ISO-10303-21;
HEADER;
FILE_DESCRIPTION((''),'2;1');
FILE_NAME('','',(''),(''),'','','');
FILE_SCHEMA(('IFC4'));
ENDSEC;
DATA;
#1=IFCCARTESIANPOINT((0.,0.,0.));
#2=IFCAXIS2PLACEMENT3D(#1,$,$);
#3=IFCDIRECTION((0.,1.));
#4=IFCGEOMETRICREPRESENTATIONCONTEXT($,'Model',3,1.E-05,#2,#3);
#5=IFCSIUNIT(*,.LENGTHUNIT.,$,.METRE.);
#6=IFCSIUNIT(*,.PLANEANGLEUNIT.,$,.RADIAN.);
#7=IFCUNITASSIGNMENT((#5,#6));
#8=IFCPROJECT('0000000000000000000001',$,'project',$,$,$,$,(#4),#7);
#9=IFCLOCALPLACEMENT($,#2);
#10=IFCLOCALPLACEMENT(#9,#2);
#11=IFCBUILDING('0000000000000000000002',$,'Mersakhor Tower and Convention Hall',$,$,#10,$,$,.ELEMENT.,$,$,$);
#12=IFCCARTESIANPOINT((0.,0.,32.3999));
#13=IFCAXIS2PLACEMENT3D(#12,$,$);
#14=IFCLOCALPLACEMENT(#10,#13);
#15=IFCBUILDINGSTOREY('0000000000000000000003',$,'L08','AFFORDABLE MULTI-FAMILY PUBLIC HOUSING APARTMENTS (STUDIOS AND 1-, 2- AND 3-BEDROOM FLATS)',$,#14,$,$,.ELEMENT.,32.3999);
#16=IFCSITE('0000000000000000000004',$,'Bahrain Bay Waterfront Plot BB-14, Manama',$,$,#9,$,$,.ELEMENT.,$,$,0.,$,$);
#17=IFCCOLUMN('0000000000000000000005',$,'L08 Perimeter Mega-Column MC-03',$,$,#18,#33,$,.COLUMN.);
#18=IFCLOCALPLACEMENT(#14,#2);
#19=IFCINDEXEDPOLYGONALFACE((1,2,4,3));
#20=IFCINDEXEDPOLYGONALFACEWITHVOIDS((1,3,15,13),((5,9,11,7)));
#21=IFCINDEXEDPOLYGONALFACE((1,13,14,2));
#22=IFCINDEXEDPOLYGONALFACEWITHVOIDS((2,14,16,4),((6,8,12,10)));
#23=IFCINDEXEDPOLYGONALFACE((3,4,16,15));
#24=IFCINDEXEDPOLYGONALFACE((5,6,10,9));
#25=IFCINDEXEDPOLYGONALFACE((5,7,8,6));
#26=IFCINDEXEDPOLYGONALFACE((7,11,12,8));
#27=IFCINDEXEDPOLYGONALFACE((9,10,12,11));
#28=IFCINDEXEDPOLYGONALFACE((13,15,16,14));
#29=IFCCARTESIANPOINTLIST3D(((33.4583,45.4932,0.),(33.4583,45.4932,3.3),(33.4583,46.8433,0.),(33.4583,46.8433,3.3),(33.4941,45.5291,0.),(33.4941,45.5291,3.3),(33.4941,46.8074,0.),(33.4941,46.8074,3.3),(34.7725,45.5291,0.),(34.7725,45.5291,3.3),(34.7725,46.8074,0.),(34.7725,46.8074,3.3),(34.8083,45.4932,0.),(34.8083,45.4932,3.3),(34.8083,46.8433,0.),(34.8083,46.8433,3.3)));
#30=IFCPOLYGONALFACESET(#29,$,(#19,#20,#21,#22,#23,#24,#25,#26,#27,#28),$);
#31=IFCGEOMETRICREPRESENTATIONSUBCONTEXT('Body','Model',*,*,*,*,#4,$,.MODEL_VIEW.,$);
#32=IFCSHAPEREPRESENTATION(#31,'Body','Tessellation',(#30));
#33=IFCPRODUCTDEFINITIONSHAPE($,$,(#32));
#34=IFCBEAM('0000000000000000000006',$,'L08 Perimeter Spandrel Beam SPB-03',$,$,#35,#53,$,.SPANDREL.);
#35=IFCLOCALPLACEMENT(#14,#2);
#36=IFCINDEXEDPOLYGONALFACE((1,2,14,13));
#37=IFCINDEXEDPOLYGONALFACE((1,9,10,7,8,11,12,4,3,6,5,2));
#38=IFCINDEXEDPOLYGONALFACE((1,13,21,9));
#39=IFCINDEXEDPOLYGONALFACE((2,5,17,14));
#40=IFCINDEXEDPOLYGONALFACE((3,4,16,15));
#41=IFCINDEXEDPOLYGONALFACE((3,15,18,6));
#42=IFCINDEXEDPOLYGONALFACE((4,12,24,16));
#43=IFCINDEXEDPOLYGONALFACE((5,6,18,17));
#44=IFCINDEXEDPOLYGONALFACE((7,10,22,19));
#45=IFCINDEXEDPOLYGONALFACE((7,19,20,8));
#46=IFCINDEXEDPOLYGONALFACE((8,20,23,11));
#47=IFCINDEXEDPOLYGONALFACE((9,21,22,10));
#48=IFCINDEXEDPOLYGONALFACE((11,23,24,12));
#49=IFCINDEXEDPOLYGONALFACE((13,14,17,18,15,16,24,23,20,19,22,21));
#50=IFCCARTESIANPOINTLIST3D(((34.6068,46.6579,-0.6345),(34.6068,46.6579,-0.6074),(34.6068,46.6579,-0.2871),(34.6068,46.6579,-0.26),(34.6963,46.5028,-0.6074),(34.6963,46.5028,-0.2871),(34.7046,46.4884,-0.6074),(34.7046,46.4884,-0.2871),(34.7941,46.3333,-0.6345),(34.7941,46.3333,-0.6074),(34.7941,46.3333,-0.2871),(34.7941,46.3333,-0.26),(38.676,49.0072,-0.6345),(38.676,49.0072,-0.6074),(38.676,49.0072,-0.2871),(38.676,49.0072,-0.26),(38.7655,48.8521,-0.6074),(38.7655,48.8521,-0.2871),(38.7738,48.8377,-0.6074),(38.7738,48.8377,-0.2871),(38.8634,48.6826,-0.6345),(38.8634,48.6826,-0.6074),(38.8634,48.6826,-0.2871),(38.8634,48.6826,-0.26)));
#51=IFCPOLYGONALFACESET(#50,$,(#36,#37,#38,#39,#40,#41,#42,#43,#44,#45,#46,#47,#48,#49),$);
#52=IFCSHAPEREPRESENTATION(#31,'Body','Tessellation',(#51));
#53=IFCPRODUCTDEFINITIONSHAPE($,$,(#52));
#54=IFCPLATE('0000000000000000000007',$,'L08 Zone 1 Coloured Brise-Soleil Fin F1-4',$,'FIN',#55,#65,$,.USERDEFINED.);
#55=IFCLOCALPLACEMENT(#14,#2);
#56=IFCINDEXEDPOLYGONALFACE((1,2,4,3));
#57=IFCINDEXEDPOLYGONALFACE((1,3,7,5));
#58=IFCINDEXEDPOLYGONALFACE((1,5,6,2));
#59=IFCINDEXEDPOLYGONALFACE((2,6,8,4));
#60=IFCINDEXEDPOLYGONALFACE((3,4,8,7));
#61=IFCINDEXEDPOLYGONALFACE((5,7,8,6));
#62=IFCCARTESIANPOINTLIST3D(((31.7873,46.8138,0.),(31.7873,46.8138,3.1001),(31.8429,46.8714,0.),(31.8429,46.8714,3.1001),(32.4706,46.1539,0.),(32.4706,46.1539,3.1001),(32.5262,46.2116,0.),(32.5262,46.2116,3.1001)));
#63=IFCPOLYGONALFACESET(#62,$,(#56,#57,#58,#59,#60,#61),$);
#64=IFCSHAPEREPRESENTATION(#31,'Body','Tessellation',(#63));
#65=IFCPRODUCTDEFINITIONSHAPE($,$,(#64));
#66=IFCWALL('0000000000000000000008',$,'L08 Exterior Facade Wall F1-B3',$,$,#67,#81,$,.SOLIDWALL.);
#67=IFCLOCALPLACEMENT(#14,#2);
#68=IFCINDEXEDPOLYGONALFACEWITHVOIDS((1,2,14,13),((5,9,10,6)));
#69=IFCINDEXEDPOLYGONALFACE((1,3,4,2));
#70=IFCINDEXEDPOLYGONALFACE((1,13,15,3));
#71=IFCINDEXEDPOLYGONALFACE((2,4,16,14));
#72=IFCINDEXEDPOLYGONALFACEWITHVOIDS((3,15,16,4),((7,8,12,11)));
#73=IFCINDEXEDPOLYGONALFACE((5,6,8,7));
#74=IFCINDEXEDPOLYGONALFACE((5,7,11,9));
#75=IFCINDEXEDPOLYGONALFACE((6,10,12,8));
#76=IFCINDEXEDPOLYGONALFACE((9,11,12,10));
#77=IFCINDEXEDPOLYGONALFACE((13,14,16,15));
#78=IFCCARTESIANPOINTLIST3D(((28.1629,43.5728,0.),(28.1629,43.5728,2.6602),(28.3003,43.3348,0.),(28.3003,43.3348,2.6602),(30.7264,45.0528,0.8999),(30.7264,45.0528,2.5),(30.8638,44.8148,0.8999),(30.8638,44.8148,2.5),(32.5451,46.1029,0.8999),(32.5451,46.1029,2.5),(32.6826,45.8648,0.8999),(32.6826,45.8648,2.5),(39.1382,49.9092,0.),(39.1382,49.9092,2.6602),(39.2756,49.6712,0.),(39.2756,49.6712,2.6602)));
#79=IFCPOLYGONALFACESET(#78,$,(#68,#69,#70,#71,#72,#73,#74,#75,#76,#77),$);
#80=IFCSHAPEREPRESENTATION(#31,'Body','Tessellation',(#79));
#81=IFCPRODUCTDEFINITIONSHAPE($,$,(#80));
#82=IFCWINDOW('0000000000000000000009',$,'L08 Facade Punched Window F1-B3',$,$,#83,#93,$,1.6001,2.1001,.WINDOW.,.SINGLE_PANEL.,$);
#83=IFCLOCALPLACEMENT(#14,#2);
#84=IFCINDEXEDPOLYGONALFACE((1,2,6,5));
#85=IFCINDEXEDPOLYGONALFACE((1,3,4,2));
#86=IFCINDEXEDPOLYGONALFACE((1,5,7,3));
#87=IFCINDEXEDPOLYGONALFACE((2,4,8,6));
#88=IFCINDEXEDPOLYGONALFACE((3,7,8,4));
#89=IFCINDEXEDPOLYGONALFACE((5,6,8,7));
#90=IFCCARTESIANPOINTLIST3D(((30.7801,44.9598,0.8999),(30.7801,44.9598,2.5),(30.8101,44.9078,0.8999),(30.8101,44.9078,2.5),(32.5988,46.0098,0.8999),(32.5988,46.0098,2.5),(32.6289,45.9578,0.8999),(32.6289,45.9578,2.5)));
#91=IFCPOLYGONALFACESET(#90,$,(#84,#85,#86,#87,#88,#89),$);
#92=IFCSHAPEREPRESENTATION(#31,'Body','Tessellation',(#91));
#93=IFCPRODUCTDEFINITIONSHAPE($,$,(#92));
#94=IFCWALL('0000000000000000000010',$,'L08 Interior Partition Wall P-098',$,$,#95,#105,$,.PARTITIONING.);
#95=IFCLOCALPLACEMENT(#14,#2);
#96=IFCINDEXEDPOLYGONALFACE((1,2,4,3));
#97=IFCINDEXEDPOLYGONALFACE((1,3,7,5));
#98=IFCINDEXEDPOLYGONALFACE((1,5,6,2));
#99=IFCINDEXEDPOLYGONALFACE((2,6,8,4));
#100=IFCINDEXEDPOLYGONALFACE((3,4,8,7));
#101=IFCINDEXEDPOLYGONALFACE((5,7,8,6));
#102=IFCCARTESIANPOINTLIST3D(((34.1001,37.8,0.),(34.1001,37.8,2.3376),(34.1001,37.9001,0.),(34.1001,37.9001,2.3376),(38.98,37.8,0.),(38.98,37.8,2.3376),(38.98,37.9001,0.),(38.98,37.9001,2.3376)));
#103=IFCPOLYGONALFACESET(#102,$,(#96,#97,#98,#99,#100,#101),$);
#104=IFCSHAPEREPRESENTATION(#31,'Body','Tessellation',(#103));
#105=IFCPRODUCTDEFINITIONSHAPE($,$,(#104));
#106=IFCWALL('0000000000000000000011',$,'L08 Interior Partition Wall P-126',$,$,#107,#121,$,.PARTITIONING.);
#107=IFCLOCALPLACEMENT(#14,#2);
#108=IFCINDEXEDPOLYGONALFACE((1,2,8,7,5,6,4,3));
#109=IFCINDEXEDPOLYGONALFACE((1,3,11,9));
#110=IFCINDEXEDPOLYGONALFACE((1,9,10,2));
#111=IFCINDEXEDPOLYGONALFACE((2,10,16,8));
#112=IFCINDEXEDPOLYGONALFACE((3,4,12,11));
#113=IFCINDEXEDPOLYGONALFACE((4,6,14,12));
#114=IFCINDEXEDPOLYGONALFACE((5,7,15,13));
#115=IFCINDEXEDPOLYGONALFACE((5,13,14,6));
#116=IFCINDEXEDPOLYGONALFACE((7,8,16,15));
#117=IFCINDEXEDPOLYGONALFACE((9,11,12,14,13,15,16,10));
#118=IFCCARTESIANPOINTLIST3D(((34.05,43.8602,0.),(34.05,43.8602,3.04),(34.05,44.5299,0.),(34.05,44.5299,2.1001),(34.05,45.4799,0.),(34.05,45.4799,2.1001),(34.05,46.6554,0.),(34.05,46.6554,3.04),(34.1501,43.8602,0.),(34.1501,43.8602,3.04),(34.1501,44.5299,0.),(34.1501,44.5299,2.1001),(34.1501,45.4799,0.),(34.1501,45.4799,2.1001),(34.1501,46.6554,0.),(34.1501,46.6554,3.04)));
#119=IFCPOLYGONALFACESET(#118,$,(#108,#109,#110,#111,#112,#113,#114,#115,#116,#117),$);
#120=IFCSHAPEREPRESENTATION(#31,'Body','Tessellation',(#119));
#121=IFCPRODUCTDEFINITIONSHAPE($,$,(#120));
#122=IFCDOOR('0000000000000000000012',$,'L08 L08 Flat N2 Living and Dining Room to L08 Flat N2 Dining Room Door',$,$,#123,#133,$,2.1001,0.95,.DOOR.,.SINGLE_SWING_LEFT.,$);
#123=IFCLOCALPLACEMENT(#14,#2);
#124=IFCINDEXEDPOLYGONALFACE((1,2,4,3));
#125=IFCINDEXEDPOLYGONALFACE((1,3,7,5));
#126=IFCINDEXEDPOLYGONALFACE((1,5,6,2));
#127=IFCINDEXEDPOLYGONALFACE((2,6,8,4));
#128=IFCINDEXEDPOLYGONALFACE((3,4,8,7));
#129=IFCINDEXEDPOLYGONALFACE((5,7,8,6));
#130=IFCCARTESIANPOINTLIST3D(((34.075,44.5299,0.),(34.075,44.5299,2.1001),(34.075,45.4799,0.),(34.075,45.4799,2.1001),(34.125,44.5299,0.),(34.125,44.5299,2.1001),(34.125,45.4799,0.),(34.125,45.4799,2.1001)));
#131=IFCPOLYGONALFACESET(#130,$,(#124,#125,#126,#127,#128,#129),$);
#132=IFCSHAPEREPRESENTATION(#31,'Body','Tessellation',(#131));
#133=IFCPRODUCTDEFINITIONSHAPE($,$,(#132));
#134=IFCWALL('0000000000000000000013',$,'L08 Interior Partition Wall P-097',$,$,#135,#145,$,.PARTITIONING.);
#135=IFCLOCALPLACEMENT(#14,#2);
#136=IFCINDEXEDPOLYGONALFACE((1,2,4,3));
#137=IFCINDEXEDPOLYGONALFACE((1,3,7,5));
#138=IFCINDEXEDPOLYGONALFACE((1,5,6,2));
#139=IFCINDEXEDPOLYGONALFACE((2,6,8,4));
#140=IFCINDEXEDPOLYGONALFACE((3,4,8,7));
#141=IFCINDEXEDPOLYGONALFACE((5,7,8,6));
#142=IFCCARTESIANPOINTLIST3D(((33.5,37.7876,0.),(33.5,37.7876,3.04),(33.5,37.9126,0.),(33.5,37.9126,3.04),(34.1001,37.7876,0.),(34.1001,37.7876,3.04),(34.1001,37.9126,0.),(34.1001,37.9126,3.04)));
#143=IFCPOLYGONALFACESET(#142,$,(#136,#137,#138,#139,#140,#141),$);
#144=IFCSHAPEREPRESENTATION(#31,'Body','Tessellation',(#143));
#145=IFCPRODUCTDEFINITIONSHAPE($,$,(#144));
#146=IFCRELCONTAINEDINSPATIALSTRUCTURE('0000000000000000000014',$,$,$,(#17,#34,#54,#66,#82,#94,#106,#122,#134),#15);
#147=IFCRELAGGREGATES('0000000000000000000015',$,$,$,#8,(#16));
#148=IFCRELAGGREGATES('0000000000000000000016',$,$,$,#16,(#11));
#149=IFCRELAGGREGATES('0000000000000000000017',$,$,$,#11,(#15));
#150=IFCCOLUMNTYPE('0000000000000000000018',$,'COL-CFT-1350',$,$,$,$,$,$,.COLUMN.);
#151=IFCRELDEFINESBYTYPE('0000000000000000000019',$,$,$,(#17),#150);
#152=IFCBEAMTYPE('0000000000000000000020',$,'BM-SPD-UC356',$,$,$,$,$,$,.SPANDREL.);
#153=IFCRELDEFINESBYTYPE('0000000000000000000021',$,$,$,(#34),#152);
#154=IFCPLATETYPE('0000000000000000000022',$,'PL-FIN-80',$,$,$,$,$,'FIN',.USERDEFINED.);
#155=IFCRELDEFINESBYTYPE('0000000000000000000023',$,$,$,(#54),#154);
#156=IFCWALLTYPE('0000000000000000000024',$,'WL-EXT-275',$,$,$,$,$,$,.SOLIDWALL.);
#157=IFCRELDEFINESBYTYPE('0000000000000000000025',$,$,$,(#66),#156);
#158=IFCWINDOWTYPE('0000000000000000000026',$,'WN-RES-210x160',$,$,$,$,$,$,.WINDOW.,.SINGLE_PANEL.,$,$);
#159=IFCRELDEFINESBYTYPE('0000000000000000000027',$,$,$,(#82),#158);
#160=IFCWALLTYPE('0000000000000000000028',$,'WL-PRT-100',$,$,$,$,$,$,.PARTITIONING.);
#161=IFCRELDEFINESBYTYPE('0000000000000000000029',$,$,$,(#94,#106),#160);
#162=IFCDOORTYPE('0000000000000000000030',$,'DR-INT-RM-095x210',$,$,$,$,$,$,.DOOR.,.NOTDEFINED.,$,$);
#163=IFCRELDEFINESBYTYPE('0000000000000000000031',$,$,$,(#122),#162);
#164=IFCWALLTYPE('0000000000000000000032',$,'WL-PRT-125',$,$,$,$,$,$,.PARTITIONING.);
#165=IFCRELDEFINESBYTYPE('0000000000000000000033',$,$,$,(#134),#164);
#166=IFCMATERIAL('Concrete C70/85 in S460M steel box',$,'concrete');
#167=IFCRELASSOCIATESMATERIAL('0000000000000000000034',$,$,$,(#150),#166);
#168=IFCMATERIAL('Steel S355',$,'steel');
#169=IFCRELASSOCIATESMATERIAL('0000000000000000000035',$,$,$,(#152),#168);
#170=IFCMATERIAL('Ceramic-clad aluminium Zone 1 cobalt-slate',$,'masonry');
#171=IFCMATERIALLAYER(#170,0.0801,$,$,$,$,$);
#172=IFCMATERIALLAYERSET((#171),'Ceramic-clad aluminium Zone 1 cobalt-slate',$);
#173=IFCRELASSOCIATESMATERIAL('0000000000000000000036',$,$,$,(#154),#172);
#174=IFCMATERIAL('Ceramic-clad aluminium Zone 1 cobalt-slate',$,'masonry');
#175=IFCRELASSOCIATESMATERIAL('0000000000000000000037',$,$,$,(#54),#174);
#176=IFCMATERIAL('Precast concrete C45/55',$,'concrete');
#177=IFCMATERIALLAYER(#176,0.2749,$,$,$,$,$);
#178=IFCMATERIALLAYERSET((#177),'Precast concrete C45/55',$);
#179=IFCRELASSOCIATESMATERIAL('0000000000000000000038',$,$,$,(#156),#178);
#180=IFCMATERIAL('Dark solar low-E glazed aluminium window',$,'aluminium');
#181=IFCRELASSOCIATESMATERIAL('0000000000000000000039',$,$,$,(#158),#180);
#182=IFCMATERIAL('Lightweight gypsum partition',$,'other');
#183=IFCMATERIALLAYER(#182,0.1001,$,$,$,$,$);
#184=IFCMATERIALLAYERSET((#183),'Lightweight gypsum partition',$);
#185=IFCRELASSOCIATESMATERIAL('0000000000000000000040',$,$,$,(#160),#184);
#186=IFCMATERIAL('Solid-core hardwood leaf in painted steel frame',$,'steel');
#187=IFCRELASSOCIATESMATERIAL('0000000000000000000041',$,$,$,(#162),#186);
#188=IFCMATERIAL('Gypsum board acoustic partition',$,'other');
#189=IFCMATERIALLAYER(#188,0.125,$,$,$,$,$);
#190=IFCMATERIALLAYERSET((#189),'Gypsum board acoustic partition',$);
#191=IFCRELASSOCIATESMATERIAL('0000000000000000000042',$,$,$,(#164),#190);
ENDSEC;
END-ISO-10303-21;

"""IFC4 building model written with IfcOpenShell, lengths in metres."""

from ifc_helpers import new_model, si_unit, direction, frame, frame_2d, origin, origin_2d, place, context, subcontext, project, spatial, rectangle, hollow_rectangle, i_section, extrude, material, layer, layer_set, material_profile, profile_set, type_object, element, fill, save


model = new_model("IFC4")

# Units and contexts
model_context = context("Model", 3, precision=1e-05, world=origin(), true_north=direction((0.0, 1.0)))
body_context = subcontext(model_context, "Body", "Model", "MODEL_VIEW")
ifc_project = project(units=[si_unit("LENGTHUNIT", "METRE"), si_unit("PLANEANGLEUNIT", "RADIAN")], contexts=[model_context])

# Site, building, storey
site_placement = place(None, origin())
site = spatial("IfcSite", under=ifc_project, at=site_placement, Name="Bahrain Bay Waterfront Plot BB-14, Manama", CompositionType="ELEMENT", RefElevation=0.0)
building_placement = place(site_placement, origin())
building = spatial("IfcBuilding", under=site, at=building_placement, Name="Mersakhor Tower and Convention Hall", CompositionType="ELEMENT")
storey_placement = place(building_placement, frame((0.0, 0.0, 32.3999)))
storey = spatial("IfcBuildingStorey", under=building, at=storey_placement, Name="L08", Description="AFFORDABLE MULTI-FAMILY PUBLIC HOUSING APARTMENTS (STUDIOS AND 1-, 2- AND 3-BEDROOM FLATS)", CompositionType="ELEMENT", Elevation=32.3999)

# Column
ifc_material_1 = material(Name="Concrete C70/85 in S460M steel box", Category="concrete")
ifc_material_profile_1 = material_profile(ifc_material_1, hollow_rectangle(XDim=1.3501, YDim=1.3501, WallThickness=0.0359, at=origin_2d()), Name="SHS 1350x1350x36")
ifc_profile_set_1 = profile_set([ifc_material_profile_1], Name="Concrete C70/85 in S460M steel box")
column_type = type_object("IfcColumnType", Name="COL-CFT-1350", PredefinedType="COLUMN", material=ifc_profile_set_1)
column_placement = place(storey_placement, frame((34.1333, 46.1682, 0.0), z_axis=(0.0, 0.0, 1.0), x_axis=(1.0, 0.0, 0.0)))
element("IfcColumn", 1, at=column_placement, inside=storey, type_object=column_type, Name="L08 Perimeter Mega-Column MC-03", PredefinedType="COLUMN", context=body_context, shape_type="SweptSolid", body=[
    extrude(hollow_rectangle(XDim=1.3501, YDim=1.3501, WallThickness=0.0359, at=origin_2d()), origin(), (0.0, 0.0, 1.0), 3.3),
])

# Beam
ifc_material_2 = material(Name="Steel S355", Category="steel")
ifc_material_profile_2 = material_profile(ifc_material_2, i_section(OverallWidth=0.3748, OverallDepth=0.3745, WebThickness=0.0166, FlangeThickness=0.0271, at=origin_2d()), Name="UC 356x368x202")
ifc_profile_set_2 = profile_set([ifc_material_profile_2], Name="Steel S355")
beam_type = type_object("IfcBeamType", Name="BM-SPD-UC356", PredefinedType="SPANDREL", material=ifc_profile_set_2)
beam_placement = place(storey_placement, frame((34.7004, 46.4956, -0.4473), z_axis=(0.866032, 0.499989, 0.0), x_axis=(-0.499989, 0.866032, 0.0)))
element("IfcBeam", 2, at=beam_placement, inside=storey, type_object=beam_type, Name="L08 Perimeter Spandrel Beam SPB-03", PredefinedType="SPANDREL", context=body_context, shape_type="SweptSolid", body=[
    extrude(i_section(OverallWidth=0.3748, OverallDepth=0.3745, WebThickness=0.0166, FlangeThickness=0.0271, at=origin_2d()), origin(), (0.0, 0.0, 1.0), 4.6987),
])

# Plate
ifc_material_3 = material(Name="Ceramic-clad aluminium Zone 1 cobalt-slate", Category="masonry")
ifc_material_4 = material(Name="Ceramic-clad aluminium Zone 1 cobalt-slate", Category="masonry")
ifc_layer_1 = layer(ifc_material_4, 0.0801)
ifc_layer_set_1 = layer_set([ifc_layer_1], Name="Ceramic-clad aluminium Zone 1 cobalt-slate")
plate_type = type_object("IfcPlateType", Name="PL-FIN-80", ElementType="FIN", PredefinedType="USERDEFINED", material=ifc_layer_set_1)
plate_placement = place(storey_placement, frame((32.1567, 46.5127, 0.0), z_axis=(0.0, 0.0, 1.0), x_axis=(-0.71934, 0.694658, 0.0)))
element("IfcPlate", 3, at=plate_placement, inside=storey, type_object=plate_type, material=ifc_material_3, Name="L08 Zone 1 Coloured Brise-Soleil Fin F1-4", ObjectType="FIN", PredefinedType="USERDEFINED", context=body_context, shape_type="SweptSolid", body=[
    extrude(rectangle(XDim=0.95, YDim=0.0801, at=origin_2d()), origin(), (0.0, 0.0, 1.0), 3.1001),
])

# Wall, opening, window
ifc_material_5 = material(Name="Precast concrete C45/55", Category="concrete")
ifc_layer_2 = layer(ifc_material_5, 0.2749)
ifc_layer_set_2 = layer_set([ifc_layer_2], Name="Precast concrete C45/55")
wall_type_1 = type_object("IfcWallType", Name="WL-EXT-275", PredefinedType="SOLIDWALL", material=ifc_layer_set_2)
wall_1_placement = place(storey_placement, frame((28.2317, 43.4539, 0.0), z_axis=(0.0, 0.0, 1.0), x_axis=(0.866032, 0.499989, 0.0)))
wall_1 = element("IfcWall", 4, at=wall_1_placement, inside=storey, type_object=wall_type_1, Name="L08 Exterior Facade Wall F1-B3", PredefinedType="SOLIDWALL", context=body_context, shape_type="SweptSolid", body=[
    extrude(rectangle(XDim=12.6731, YDim=0.2749, at=frame_2d((6.3364, 0.0))), origin(), (0.0, 0.0, 1.0), 2.6602),
])
opening_1_placement = place(wall_1_placement, frame((2.96, 0.0, 0.8999)))
opening_1 = element("IfcOpeningElement", 5, at=opening_1_placement, cuts=wall_1, PredefinedType="OPENING", context=body_context, shape_type="SweptSolid", body=[
    extrude(rectangle(XDim=2.1001, YDim=1.6001, at=frame_2d((1.05, 0.8))), frame((0.0, 0.1475, 0.0), z_axis=(0.0, -1.0, 0.0), x_axis=(1.0, 0.0, 0.0)), (0.0, 0.0, 1.0), 0.2949),
])
ifc_material_6 = material(Name="Dark solar low-E glazed aluminium window", Category="aluminium")
window_type = type_object("IfcWindowType", Name="WN-RES-210x160", PartitioningType="SINGLE_PANEL", PredefinedType="WINDOW", material=ifc_material_6)
window_placement = place(opening_1_placement, origin())
window = element("IfcWindow", 6, at=window_placement, inside=storey, type_object=window_type, Name="L08 Facade Punched Window F1-B3", OverallHeight=1.6001, OverallWidth=2.1001, PartitioningType="SINGLE_PANEL", PredefinedType="WINDOW", context=body_context, shape_type="SweptSolid", body=[
    extrude(rectangle(XDim=2.1001, YDim=1.6001, at=frame_2d((1.05, 0.8))), frame((0.0, 0.03, 0.0), z_axis=(0.0, -1.0, 0.0), x_axis=(1.0, 0.0, 0.0)), (0.0, 0.0, 1.0), 0.0601),
])
fill(opening_1, window)

# Wall
ifc_material_7 = material(Name="Lightweight gypsum partition", Category="other")
ifc_layer_3 = layer(ifc_material_7, 0.1001)
ifc_layer_set_3 = layer_set([ifc_layer_3], Name="Lightweight gypsum partition")
wall_type_2 = type_object("IfcWallType", Name="WL-PRT-100", PredefinedType="PARTITIONING", material=ifc_layer_set_3)
wall_2_placement = place(storey_placement, frame((34.1001, 37.8501, 0.0), z_axis=(0.0, 0.0, 1.0), x_axis=(1.0, 0.0, 0.0)))
element("IfcWall", 7, at=wall_2_placement, inside=storey, type_object=wall_type_2, Name="L08 Interior Partition Wall P-098", PredefinedType="PARTITIONING", context=body_context, shape_type="SweptSolid", body=[
    extrude(rectangle(XDim=4.8799, YDim=0.1001, at=frame_2d((2.4399, 0.0))), origin(), (0.0, 0.0, 1.0), 2.3376),
])

# Wall, opening, door
wall_3_placement = place(storey_placement, frame((34.1001, 46.6553, 0.0), z_axis=(0.0, 0.0, 1.0), x_axis=(0.0, -1.0, 0.0)))
wall_3 = element("IfcWall", 8, at=wall_3_placement, inside=storey, type_object=wall_type_2, Name="L08 Interior Partition Wall P-126", PredefinedType="PARTITIONING", context=body_context, shape_type="SweptSolid", body=[
    extrude(rectangle(XDim=2.7952, YDim=0.1001, at=frame_2d((1.3975, 0.0))), origin(), (0.0, 0.0, 1.0), 3.04),
])
opening_2_placement = place(wall_3_placement, frame((1.1753, 0.0, 0.0)))
opening_2 = element("IfcOpeningElement", 9, at=opening_2_placement, cuts=wall_3, PredefinedType="OPENING", context=body_context, shape_type="SweptSolid", body=[
    extrude(rectangle(XDim=0.95, YDim=2.1001, at=frame_2d((0.4751, 1.05))), frame((0.0, 0.0601, 0.0), z_axis=(0.0, -1.0, 0.0), x_axis=(1.0, 0.0, 0.0)), (0.0, 0.0, 1.0), 0.1201),
])
ifc_material_8 = material(Name="Solid-core hardwood leaf in painted steel frame", Category="steel")
door_type = type_object("IfcDoorType", Name="DR-INT-RM-095x210", OperationType="NOTDEFINED", PredefinedType="DOOR", material=ifc_material_8)
door_1_placement = place(opening_2_placement, origin())
door_1 = element("IfcDoor", 10, at=door_1_placement, inside=storey, type_object=door_type, Name="L08 L08 Flat N2 Living and Dining Room to L08 Flat N2 Dining Room Door", OperationType="SINGLE_SWING_LEFT", OverallHeight=2.1001, OverallWidth=0.95, PredefinedType="DOOR", context=body_context, shape_type="SweptSolid", body=[
    extrude(rectangle(XDim=0.95, YDim=2.1001, at=frame_2d((0.4751, 1.05))), frame((0.0, 0.0249, 0.0), z_axis=(0.0, -1.0, 0.0), x_axis=(1.0, 0.0, 0.0)), (0.0, 0.0, 1.0), 0.05),
])
fill(opening_2, door_1)

# Wall
ifc_material_9 = material(Name="Gypsum board acoustic partition", Category="other")
ifc_layer_4 = layer(ifc_material_9, 0.125)
ifc_layer_set_4 = layer_set([ifc_layer_4], Name="Gypsum board acoustic partition")
wall_type_3 = type_object("IfcWallType", Name="WL-PRT-125", PredefinedType="PARTITIONING", material=ifc_layer_set_4)
wall_4_placement = place(storey_placement, frame((33.5, 37.8501, 0.0), z_axis=(0.0, 0.0, 1.0), x_axis=(1.0, 0.0, 0.0)))
element("IfcWall", 11, at=wall_4_placement, inside=storey, type_object=wall_type_3, Name="L08 Interior Partition Wall P-097", PredefinedType="PARTITIONING", context=body_context, shape_type="SweptSolid", body=[
    extrude(rectangle(XDim=0.6001, YDim=0.125, at=frame_2d((0.3, 0.0))), origin(), (0.0, 0.0, 1.0), 3.04),
])

save(model, "model.ifc")
